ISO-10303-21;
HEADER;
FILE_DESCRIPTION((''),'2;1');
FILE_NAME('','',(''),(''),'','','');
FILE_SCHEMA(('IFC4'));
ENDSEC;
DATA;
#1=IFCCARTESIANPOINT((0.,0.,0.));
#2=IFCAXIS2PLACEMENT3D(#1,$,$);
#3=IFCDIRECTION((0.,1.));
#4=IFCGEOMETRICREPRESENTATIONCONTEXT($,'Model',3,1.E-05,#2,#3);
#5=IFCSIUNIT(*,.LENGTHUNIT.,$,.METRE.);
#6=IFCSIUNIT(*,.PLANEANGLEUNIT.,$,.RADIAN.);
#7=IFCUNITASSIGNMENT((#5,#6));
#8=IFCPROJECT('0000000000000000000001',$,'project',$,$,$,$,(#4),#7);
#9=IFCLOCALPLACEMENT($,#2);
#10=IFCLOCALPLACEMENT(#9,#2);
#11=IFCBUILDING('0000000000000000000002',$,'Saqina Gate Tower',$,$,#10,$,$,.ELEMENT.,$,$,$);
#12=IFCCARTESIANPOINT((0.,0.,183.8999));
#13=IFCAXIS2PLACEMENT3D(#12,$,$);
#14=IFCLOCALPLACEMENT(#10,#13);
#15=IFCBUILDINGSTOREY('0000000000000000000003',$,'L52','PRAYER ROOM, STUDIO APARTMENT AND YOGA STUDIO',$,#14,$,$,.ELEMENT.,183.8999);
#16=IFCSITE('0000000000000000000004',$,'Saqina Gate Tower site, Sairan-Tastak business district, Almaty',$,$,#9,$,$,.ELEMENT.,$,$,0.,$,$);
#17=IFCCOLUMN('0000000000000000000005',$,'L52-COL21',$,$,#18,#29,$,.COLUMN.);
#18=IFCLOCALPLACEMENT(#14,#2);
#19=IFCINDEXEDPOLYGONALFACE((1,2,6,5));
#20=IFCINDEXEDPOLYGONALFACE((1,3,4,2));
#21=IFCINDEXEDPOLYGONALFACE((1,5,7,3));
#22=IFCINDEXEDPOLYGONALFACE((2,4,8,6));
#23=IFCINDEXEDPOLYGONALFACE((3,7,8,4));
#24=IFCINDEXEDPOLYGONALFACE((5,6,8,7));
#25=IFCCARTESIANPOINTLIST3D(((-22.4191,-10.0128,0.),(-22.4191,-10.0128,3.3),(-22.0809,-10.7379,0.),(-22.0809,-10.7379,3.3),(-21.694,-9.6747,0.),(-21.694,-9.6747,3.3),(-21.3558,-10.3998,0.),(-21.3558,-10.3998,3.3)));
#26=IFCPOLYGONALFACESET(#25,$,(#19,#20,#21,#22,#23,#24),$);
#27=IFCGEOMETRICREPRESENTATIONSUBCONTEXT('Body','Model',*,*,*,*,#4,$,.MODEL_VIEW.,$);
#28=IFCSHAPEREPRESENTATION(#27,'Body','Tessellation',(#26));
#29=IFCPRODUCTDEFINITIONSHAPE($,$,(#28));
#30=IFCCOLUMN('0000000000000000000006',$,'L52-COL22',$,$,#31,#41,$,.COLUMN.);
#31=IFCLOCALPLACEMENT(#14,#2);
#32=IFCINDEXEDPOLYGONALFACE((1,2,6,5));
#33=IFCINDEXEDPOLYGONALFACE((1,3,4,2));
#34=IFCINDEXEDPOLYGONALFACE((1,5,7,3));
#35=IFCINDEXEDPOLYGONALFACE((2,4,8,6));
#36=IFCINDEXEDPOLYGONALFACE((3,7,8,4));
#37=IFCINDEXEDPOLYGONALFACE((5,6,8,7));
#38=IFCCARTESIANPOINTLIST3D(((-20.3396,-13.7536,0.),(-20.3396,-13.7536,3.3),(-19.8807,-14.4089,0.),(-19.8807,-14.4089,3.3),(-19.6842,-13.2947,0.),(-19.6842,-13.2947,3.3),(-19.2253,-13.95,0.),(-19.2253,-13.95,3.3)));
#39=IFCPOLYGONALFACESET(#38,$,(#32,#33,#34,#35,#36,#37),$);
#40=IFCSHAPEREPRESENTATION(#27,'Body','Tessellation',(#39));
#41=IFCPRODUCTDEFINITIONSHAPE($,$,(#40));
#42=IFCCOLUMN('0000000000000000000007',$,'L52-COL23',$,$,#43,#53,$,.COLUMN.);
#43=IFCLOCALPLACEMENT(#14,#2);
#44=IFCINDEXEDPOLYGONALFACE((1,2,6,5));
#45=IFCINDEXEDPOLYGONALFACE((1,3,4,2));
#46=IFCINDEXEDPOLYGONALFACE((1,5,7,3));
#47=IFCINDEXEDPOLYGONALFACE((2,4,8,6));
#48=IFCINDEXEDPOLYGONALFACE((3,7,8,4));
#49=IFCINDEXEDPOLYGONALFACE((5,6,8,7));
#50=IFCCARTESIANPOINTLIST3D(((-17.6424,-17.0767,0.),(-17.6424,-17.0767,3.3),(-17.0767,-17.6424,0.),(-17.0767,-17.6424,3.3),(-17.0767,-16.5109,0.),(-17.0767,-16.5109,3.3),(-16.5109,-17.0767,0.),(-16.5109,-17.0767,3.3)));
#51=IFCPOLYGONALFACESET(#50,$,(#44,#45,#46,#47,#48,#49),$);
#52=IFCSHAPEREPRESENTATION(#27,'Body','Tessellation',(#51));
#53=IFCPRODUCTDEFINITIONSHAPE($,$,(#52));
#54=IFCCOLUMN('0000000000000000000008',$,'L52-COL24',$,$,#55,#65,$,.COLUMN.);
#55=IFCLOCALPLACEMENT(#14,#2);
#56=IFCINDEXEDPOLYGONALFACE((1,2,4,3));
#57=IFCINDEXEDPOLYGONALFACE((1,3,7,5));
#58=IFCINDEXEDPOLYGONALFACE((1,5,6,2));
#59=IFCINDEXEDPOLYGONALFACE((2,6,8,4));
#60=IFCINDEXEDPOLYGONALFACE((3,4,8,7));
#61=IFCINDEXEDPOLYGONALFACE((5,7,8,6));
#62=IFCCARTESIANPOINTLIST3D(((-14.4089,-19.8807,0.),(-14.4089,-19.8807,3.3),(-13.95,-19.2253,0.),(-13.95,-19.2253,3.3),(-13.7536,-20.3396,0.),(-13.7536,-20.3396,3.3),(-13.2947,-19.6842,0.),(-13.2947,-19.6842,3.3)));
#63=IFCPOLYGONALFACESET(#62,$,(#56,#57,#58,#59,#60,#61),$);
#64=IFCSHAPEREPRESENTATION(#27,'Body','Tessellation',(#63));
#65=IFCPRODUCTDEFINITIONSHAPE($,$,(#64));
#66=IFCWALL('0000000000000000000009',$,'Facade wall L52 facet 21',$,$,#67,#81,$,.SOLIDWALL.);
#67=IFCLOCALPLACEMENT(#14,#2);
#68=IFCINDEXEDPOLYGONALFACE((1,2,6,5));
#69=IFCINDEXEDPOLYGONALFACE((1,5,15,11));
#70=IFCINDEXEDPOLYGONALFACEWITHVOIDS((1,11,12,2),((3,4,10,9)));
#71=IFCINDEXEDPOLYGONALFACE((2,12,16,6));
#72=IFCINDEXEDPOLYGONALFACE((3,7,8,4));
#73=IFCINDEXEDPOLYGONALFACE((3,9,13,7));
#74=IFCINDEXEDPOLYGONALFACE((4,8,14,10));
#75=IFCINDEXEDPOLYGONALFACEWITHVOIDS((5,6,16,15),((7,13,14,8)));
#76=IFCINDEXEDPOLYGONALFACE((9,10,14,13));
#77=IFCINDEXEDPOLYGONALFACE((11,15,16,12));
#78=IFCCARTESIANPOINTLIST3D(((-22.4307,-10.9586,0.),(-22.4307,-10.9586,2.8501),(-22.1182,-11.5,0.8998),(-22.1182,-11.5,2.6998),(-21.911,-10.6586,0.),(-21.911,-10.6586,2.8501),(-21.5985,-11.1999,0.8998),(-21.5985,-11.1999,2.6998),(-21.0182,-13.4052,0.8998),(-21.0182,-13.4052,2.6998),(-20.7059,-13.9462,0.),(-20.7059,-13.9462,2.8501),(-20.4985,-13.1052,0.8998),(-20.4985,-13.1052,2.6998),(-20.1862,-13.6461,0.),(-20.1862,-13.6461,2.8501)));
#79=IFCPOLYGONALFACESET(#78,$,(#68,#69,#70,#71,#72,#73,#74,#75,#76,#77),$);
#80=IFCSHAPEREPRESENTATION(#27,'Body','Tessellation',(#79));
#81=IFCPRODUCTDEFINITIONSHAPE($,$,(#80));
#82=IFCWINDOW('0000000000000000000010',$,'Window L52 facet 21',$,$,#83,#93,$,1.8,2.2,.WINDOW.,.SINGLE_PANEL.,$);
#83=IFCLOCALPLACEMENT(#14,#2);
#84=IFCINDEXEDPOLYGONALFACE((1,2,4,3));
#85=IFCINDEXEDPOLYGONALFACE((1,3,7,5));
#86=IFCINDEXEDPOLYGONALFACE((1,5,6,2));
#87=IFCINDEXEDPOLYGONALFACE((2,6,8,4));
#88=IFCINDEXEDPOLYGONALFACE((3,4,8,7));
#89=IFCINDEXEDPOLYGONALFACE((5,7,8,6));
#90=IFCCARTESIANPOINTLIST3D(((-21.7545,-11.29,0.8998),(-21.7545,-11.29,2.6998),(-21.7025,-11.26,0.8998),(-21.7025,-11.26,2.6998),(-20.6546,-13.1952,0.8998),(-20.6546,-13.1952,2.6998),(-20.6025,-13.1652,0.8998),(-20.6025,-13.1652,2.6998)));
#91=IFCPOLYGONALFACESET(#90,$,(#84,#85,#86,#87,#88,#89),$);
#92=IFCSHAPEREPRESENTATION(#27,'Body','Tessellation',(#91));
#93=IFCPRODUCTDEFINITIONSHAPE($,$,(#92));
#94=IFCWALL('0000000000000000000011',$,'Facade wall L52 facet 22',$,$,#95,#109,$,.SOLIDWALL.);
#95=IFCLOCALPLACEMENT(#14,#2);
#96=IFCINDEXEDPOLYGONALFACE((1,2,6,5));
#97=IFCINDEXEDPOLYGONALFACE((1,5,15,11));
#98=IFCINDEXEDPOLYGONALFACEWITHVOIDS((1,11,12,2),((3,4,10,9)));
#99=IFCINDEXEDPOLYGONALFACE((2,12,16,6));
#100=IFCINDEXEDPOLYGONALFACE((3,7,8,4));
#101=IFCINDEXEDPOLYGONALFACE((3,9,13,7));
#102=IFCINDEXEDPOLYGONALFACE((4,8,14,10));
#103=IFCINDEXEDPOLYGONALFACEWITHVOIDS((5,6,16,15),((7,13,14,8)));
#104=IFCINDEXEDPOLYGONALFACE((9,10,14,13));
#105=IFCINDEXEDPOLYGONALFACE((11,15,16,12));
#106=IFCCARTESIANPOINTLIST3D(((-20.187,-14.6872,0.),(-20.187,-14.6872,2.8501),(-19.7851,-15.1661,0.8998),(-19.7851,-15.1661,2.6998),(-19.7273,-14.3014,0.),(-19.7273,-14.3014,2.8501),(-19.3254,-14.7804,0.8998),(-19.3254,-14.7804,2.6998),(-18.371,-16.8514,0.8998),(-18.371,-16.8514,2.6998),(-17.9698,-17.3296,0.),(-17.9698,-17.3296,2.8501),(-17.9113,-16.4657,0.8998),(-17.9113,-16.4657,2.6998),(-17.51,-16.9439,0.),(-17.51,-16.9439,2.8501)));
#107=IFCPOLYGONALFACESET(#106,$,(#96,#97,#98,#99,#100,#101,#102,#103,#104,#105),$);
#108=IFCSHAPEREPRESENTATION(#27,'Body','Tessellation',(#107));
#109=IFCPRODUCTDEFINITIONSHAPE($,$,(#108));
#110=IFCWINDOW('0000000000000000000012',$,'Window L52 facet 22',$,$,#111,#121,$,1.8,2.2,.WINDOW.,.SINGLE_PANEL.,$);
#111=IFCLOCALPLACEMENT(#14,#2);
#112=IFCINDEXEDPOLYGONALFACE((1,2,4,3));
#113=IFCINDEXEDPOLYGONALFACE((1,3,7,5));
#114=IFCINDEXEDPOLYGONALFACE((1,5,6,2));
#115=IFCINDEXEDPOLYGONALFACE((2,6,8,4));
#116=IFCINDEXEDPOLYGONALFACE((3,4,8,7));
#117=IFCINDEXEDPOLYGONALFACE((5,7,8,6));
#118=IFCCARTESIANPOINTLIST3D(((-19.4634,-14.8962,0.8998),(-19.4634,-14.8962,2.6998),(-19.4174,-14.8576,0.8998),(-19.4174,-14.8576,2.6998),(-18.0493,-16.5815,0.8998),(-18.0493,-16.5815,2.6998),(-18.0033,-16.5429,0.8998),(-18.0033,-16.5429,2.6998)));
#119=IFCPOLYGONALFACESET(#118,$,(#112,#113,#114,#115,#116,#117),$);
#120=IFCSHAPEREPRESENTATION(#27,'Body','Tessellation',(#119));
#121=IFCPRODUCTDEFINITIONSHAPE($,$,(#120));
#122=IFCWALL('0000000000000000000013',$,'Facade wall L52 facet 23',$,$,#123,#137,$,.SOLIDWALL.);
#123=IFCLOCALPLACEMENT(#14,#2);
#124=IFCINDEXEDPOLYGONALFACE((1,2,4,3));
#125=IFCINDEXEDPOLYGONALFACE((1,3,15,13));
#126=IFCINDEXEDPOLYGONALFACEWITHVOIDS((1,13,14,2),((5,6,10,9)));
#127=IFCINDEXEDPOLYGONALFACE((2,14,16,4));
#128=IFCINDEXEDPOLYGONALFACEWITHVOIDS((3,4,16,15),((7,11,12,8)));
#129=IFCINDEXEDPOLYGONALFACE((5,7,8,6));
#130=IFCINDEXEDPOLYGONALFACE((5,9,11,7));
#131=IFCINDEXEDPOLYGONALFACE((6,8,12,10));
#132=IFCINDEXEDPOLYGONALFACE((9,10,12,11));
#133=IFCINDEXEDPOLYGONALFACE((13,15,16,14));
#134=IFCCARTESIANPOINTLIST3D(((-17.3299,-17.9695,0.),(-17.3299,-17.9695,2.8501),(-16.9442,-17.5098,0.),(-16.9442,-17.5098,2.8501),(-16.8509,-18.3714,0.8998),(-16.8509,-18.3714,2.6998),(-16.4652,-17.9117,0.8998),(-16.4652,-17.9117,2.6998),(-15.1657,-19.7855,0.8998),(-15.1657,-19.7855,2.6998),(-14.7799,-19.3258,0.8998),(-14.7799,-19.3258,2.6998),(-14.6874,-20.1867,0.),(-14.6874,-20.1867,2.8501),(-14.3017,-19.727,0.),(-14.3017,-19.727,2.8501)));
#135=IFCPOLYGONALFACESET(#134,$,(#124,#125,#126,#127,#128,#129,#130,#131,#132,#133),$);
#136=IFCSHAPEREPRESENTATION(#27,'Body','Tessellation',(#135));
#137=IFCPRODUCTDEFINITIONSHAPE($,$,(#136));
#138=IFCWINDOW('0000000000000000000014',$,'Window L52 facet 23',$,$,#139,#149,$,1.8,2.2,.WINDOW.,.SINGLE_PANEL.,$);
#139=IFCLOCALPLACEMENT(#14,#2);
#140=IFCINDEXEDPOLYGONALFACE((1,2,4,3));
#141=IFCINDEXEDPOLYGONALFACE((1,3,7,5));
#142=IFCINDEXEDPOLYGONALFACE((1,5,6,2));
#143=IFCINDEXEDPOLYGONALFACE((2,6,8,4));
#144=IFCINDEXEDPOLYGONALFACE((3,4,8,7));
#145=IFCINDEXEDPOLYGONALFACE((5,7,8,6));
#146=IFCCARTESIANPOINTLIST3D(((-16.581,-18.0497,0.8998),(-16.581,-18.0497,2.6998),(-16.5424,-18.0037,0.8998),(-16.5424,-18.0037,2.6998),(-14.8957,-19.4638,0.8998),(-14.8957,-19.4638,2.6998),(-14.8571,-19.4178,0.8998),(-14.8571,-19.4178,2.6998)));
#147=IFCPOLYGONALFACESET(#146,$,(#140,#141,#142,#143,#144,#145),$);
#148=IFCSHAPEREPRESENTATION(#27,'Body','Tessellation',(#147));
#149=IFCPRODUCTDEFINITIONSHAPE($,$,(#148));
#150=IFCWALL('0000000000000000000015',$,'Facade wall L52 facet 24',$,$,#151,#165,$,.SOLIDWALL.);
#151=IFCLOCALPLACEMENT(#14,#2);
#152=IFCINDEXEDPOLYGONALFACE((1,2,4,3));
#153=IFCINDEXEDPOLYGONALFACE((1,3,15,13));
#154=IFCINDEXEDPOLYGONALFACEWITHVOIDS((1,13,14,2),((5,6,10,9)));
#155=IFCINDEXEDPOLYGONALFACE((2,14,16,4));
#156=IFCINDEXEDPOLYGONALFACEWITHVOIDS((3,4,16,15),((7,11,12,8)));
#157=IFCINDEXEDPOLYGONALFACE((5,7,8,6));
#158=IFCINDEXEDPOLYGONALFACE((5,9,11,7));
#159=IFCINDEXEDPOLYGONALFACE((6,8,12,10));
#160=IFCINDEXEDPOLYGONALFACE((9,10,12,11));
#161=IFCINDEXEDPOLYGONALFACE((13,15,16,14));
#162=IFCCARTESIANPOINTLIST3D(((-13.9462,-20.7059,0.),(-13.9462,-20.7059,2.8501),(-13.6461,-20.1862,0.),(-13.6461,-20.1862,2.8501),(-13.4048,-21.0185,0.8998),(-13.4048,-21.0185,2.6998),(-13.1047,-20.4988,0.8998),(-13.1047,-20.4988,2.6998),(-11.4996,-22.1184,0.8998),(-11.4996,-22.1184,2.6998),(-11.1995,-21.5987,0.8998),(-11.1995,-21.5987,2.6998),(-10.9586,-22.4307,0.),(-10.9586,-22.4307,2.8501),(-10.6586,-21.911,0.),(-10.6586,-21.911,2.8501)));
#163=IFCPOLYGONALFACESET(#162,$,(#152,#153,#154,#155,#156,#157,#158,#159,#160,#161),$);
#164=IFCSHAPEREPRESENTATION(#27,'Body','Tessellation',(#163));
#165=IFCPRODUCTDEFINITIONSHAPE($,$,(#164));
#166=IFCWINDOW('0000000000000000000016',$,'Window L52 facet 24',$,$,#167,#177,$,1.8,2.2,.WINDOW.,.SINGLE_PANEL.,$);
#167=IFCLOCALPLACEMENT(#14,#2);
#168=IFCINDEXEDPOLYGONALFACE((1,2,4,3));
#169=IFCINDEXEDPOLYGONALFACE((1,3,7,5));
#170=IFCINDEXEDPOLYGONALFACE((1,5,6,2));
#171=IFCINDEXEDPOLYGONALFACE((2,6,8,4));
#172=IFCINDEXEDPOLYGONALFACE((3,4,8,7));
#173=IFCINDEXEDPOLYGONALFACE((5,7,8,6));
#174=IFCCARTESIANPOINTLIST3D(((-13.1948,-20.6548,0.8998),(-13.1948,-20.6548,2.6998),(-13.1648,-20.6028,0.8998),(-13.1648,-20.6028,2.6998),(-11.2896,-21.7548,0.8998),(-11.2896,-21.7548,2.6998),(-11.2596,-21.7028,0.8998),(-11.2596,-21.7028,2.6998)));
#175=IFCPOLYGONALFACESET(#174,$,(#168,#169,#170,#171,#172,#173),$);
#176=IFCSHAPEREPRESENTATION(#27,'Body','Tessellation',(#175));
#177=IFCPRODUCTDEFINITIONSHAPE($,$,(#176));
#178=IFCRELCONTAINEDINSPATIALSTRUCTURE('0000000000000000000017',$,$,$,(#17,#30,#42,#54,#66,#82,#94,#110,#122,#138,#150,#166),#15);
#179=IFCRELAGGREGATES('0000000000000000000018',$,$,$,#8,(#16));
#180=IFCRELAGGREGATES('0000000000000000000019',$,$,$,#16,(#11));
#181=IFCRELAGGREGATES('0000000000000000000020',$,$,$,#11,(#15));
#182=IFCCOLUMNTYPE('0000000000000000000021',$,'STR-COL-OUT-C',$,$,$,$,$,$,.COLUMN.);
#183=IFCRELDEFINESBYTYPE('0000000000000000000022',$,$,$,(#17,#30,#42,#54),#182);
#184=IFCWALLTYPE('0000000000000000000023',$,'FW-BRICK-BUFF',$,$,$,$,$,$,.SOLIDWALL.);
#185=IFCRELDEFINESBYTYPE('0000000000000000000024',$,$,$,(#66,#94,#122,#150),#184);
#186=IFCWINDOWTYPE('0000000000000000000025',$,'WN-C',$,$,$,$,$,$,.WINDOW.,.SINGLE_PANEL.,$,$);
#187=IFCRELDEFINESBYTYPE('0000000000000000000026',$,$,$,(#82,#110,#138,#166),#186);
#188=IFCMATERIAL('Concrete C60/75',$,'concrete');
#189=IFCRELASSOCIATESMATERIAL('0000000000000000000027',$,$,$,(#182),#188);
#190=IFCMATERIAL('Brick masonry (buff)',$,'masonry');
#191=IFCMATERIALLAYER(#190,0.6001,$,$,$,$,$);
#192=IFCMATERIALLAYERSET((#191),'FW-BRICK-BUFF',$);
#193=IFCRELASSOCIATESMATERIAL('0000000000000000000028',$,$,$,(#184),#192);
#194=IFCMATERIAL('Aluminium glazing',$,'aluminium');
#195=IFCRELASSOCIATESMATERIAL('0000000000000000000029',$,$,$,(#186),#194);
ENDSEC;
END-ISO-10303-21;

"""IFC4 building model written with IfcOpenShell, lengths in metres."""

from ifc_helpers import new_model, si_unit, direction, frame, frame_2d, origin, origin_2d, place, context, subcontext, project, spatial, rectangle, extrude, material, layer, layer_set, material_profile, profile_set, type_object, element, fill, save


model = new_model("IFC4")

# Units and contexts
model_context = context("Model", 3, precision=1e-05, world=origin(), true_north=direction((0.0, 1.0)))
body_context = subcontext(model_context, "Body", "Model", "MODEL_VIEW")
ifc_project = project(units=[si_unit("LENGTHUNIT", "METRE"), si_unit("PLANEANGLEUNIT", "RADIAN")], contexts=[model_context])

# Site, building, storey
site_placement = place(None, origin())
site = spatial("IfcSite", under=ifc_project, at=site_placement, Name="Saqina Gate Tower site, Sairan-Tastak business district, Almaty", CompositionType="ELEMENT", RefElevation=0.0)
building_placement = place(site_placement, origin())
building = spatial("IfcBuilding", under=site, at=building_placement, Name="Saqina Gate Tower", CompositionType="ELEMENT")
storey_placement = place(building_placement, frame((0.0, 0.0, 183.8999)))
storey = spatial("IfcBuildingStorey", under=building, at=storey_placement, Name="L52", Description="PRAYER ROOM, STUDIO APARTMENT AND YOGA STUDIO", CompositionType="ELEMENT", Elevation=183.8999)

# Columns
ifc_material_1 = material(Name="Concrete C60/75", Category="concrete")
ifc_material_profile = material_profile(ifc_material_1, rectangle(XDim=0.8, YDim=0.8, at=origin_2d()), Name="RC 800x800")
ifc_profile_set = profile_set([ifc_material_profile], Name="Concrete C60/75")
column_type = type_object("IfcColumnType", Name="STR-COL-OUT-C", PredefinedType="COLUMN", material=ifc_profile_set)
for number, where, z_axis, x_axis, name in (
    (1, (-21.8875, -10.2063, 0.0), (0.0, 0.0, 1.0), (-0.906308, -0.422618, 0.0), "L52-COL21"),
    (2, (-19.7825, -13.8518, 0.0), (0.0, 0.0, 1.0), (-0.819152, -0.573576, 0.0), "L52-COL22"),
    (3, (-17.0767, -17.0767, 0.0), (0.0, 0.0, 1.0), (-0.707107, -0.707107, 0.0), "L52-COL23"),
    (4, (-13.8518, -19.7825, 0.0), (0.0, 0.0, 1.0), (-0.573576, -0.819152, 0.0), "L52-COL24"),
):
    element("IfcColumn", number, at=place(storey_placement, frame(where, z_axis=z_axis, x_axis=x_axis)), inside=storey, type_object=column_type, Name=name, PredefinedType="COLUMN", context=body_context, shape_type="SweptSolid", body=[
        extrude(rectangle(XDim=0.8, YDim=0.8, at=origin_2d()), origin(), (0.0, 0.0, 1.0), 3.3),
    ])

# Walls, openings, windows
ifc_material_2 = material(Name="Brick masonry (buff)", Category="masonry")
ifc_layer_1 = layer(ifc_material_2, 0.6001)
ifc_layer_set_1 = layer_set([ifc_layer_1], Name="FW-BRICK-BUFF")
wall_type_1 = type_object("IfcWallType", Name="FW-BRICK-BUFF", PredefinedType="SOLIDWALL", material=ifc_layer_set_1)
wall_1_placement = place(storey_placement, frame((-22.1709, -10.8086, 0.0), z_axis=(0.0, 0.0, 1.0), x_axis=(0.499998, -0.866026, 0.0)))
wall_1 = element("IfcWall", 5, at=wall_1_placement, inside=storey, type_object=wall_type_1, Name="Facade wall L52 facet 21", PredefinedType="SOLIDWALL", context=body_context, shape_type="SweptSolid", body=[
    extrude(rectangle(XDim=3.4497, YDim=0.6001, at=frame_2d((1.7249, 0.0))), origin(), (0.0, 0.0, 1.0), 2.8501),
])
opening_1_placement = place(wall_1_placement, frame((0.625, 0.0, 0.8999)))
opening_1 = element("IfcOpeningElement", 6, at=opening_1_placement, cuts=wall_1, PredefinedType="OPENING", context=body_context, shape_type="SweptSolid", body=[
    extrude(rectangle(XDim=2.2, YDim=1.8, at=frame_2d((1.1001, 0.8999))), frame((0.0, 0.312, 0.0), z_axis=(0.0, -1.0, 0.0), x_axis=(1.0, 0.0, 0.0)), (0.0, 0.0, 1.0), 0.624),
])
ifc_material_3 = material(Name="Aluminium glazing", Category="aluminium")
window_type = type_object("IfcWindowType", Name="WN-C", PartitioningType="SINGLE_PANEL", PredefinedType="WINDOW", material=ifc_material_3)
window_1_placement = place(opening_1_placement, origin())
window_1 = element("IfcWindow", 7, at=window_1_placement, inside=storey, type_object=window_type, Name="Window L52 facet 21", OverallHeight=1.8, OverallWidth=2.2, PartitioningType="SINGLE_PANEL", PredefinedType="WINDOW", context=body_context, shape_type="SweptSolid", body=[
    extrude(rectangle(XDim=2.2, YDim=1.8, at=frame_2d((1.1001, 0.8999))), frame((0.0, 0.1799, 0.0), z_axis=(0.0, -1.0, 0.0), x_axis=(1.0, 0.0, 0.0)), (0.0, 0.0, 1.0), 0.0601),
])
fill(opening_1, window_1)
wall_2_placement = place(storey_placement, frame((-19.957, -14.4944, 0.0), z_axis=(0.0, 0.0, 1.0), x_axis=(0.64277, -0.766059, 0.0)))
wall_2 = element("IfcWall", 8, at=wall_2_placement, inside=storey, type_object=wall_type_1, Name="Facade wall L52 facet 22", PredefinedType="SOLIDWALL", context=body_context, shape_type="SweptSolid", body=[
    extrude(rectangle(XDim=3.4495, YDim=0.6001, at=frame_2d((1.7246, 0.0))), origin(), (0.0, 0.0, 1.0), 2.8501),
])
opening_2_placement = place(wall_2_placement, frame((0.625, 0.0, 0.8999)))
opening_2 = element("IfcOpeningElement", 9, at=opening_2_placement, cuts=wall_2, PredefinedType="OPENING", context=body_context, shape_type="SweptSolid", body=[
    extrude(rectangle(XDim=2.2, YDim=1.8, at=frame_2d((1.1001, 0.8999))), frame((0.0, 0.312, 0.0), z_axis=(0.0, -1.0, 0.0), x_axis=(1.0, 0.0, 0.0)), (0.0, 0.0, 1.0), 0.624),
])
window_2_placement = place(opening_2_placement, origin())
window_2 = element("IfcWindow", 10, at=window_2_placement, inside=storey, type_object=window_type, Name="Window L52 facet 22", OverallHeight=1.8, OverallWidth=2.2, PartitioningType="SINGLE_PANEL", PredefinedType="WINDOW", context=body_context, shape_type="SweptSolid", body=[
    extrude(rectangle(XDim=2.2, YDim=1.8, at=frame_2d((1.1001, 0.8999))), frame((0.0, 0.1799, 0.0), z_axis=(0.0, -1.0, 0.0), x_axis=(1.0, 0.0, 0.0)), (0.0, 0.0, 1.0), 0.0601),
])
fill(opening_2, window_2)
wall_3_placement = place(storey_placement, frame((-17.137, -17.7397, 0.0), z_axis=(0.0, 0.0, 1.0), x_axis=(0.766059, -0.64277, 0.0)))
wall_3 = element("IfcWall", 11, at=wall_3_placement, inside=storey, type_object=wall_type_1, Name="Facade wall L52 facet 23", PredefinedType="SOLIDWALL", context=body_context, shape_type="SweptSolid", body=[
    extrude(rectangle(XDim=3.4495, YDim=0.6001, at=frame_2d((1.7246, 0.0))), origin(), (0.0, 0.0, 1.0), 2.8501),
])
opening_3_placement = place(wall_3_placement, frame((0.625, 0.0, 0.8999)))
opening_3 = element("IfcOpeningElement", 12, at=opening_3_placement, cuts=wall_3, PredefinedType="OPENING", context=body_context, shape_type="SweptSolid", body=[
    extrude(rectangle(XDim=2.2, YDim=1.8, at=frame_2d((1.1001, 0.8999))), frame((0.0, 0.312, 0.0), z_axis=(0.0, -1.0, 0.0), x_axis=(1.0, 0.0, 0.0)), (0.0, 0.0, 1.0), 0.624),
])
window_3_placement = place(opening_3_placement, origin())
window_3 = element("IfcWindow", 13, at=window_3_placement, inside=storey, type_object=window_type, Name="Window L52 facet 23", OverallHeight=1.8, OverallWidth=2.2, PartitioningType="SINGLE_PANEL", PredefinedType="WINDOW", context=body_context, shape_type="SweptSolid", body=[
    extrude(rectangle(XDim=2.2, YDim=1.8, at=frame_2d((1.1001, 0.8999))), frame((0.0, 0.1799, 0.0), z_axis=(0.0, -1.0, 0.0), x_axis=(1.0, 0.0, 0.0)), (0.0, 0.0, 1.0), 0.0601),
])
fill(opening_3, window_3)
wall_4_placement = place(storey_placement, frame((-13.7961, -20.446, 0.0), z_axis=(0.0, 0.0, 1.0), x_axis=(0.866026, -0.499998, 0.0)))
wall_4 = element("IfcWall", 14, at=wall_4_placement, inside=storey, type_object=wall_type_1, Name="Facade wall L52 facet 24", PredefinedType="SOLIDWALL", context=body_context, shape_type="SweptSolid", body=[
    extrude(rectangle(XDim=3.4497, YDim=0.6001, at=frame_2d((1.7249, 0.0))), origin(), (0.0, 0.0, 1.0), 2.8501),
])
opening_4_placement = place(wall_4_placement, frame((0.625, 0.0, 0.8999)))
opening_4 = element("IfcOpeningElement", 15, at=opening_4_placement, cuts=wall_4, PredefinedType="OPENING", context=body_context, shape_type="SweptSolid", body=[
    extrude(rectangle(XDim=2.2, YDim=1.8, at=frame_2d((1.1001, 0.8999))), frame((0.0, 0.312, 0.0), z_axis=(0.0, -1.0, 0.0), x_axis=(1.0, 0.0, 0.0)), (0.0, 0.0, 1.0), 0.624),
])
window_4_placement = place(opening_4_placement, origin())
window_4 = element("IfcWindow", 16, at=window_4_placement, inside=storey, type_object=window_type, Name="Window L52 facet 24", OverallHeight=1.8, OverallWidth=2.2, PartitioningType="SINGLE_PANEL", PredefinedType="WINDOW", context=body_context, shape_type="SweptSolid", body=[
    extrude(rectangle(XDim=2.2, YDim=1.8, at=frame_2d((1.1001, 0.8999))), frame((0.0, 0.1799, 0.0), z_axis=(0.0, -1.0, 0.0), x_axis=(1.0, 0.0, 0.0)), (0.0, 0.0, 1.0), 0.0601),
])
fill(opening_4, window_4)

save(model, "model.ifc")
